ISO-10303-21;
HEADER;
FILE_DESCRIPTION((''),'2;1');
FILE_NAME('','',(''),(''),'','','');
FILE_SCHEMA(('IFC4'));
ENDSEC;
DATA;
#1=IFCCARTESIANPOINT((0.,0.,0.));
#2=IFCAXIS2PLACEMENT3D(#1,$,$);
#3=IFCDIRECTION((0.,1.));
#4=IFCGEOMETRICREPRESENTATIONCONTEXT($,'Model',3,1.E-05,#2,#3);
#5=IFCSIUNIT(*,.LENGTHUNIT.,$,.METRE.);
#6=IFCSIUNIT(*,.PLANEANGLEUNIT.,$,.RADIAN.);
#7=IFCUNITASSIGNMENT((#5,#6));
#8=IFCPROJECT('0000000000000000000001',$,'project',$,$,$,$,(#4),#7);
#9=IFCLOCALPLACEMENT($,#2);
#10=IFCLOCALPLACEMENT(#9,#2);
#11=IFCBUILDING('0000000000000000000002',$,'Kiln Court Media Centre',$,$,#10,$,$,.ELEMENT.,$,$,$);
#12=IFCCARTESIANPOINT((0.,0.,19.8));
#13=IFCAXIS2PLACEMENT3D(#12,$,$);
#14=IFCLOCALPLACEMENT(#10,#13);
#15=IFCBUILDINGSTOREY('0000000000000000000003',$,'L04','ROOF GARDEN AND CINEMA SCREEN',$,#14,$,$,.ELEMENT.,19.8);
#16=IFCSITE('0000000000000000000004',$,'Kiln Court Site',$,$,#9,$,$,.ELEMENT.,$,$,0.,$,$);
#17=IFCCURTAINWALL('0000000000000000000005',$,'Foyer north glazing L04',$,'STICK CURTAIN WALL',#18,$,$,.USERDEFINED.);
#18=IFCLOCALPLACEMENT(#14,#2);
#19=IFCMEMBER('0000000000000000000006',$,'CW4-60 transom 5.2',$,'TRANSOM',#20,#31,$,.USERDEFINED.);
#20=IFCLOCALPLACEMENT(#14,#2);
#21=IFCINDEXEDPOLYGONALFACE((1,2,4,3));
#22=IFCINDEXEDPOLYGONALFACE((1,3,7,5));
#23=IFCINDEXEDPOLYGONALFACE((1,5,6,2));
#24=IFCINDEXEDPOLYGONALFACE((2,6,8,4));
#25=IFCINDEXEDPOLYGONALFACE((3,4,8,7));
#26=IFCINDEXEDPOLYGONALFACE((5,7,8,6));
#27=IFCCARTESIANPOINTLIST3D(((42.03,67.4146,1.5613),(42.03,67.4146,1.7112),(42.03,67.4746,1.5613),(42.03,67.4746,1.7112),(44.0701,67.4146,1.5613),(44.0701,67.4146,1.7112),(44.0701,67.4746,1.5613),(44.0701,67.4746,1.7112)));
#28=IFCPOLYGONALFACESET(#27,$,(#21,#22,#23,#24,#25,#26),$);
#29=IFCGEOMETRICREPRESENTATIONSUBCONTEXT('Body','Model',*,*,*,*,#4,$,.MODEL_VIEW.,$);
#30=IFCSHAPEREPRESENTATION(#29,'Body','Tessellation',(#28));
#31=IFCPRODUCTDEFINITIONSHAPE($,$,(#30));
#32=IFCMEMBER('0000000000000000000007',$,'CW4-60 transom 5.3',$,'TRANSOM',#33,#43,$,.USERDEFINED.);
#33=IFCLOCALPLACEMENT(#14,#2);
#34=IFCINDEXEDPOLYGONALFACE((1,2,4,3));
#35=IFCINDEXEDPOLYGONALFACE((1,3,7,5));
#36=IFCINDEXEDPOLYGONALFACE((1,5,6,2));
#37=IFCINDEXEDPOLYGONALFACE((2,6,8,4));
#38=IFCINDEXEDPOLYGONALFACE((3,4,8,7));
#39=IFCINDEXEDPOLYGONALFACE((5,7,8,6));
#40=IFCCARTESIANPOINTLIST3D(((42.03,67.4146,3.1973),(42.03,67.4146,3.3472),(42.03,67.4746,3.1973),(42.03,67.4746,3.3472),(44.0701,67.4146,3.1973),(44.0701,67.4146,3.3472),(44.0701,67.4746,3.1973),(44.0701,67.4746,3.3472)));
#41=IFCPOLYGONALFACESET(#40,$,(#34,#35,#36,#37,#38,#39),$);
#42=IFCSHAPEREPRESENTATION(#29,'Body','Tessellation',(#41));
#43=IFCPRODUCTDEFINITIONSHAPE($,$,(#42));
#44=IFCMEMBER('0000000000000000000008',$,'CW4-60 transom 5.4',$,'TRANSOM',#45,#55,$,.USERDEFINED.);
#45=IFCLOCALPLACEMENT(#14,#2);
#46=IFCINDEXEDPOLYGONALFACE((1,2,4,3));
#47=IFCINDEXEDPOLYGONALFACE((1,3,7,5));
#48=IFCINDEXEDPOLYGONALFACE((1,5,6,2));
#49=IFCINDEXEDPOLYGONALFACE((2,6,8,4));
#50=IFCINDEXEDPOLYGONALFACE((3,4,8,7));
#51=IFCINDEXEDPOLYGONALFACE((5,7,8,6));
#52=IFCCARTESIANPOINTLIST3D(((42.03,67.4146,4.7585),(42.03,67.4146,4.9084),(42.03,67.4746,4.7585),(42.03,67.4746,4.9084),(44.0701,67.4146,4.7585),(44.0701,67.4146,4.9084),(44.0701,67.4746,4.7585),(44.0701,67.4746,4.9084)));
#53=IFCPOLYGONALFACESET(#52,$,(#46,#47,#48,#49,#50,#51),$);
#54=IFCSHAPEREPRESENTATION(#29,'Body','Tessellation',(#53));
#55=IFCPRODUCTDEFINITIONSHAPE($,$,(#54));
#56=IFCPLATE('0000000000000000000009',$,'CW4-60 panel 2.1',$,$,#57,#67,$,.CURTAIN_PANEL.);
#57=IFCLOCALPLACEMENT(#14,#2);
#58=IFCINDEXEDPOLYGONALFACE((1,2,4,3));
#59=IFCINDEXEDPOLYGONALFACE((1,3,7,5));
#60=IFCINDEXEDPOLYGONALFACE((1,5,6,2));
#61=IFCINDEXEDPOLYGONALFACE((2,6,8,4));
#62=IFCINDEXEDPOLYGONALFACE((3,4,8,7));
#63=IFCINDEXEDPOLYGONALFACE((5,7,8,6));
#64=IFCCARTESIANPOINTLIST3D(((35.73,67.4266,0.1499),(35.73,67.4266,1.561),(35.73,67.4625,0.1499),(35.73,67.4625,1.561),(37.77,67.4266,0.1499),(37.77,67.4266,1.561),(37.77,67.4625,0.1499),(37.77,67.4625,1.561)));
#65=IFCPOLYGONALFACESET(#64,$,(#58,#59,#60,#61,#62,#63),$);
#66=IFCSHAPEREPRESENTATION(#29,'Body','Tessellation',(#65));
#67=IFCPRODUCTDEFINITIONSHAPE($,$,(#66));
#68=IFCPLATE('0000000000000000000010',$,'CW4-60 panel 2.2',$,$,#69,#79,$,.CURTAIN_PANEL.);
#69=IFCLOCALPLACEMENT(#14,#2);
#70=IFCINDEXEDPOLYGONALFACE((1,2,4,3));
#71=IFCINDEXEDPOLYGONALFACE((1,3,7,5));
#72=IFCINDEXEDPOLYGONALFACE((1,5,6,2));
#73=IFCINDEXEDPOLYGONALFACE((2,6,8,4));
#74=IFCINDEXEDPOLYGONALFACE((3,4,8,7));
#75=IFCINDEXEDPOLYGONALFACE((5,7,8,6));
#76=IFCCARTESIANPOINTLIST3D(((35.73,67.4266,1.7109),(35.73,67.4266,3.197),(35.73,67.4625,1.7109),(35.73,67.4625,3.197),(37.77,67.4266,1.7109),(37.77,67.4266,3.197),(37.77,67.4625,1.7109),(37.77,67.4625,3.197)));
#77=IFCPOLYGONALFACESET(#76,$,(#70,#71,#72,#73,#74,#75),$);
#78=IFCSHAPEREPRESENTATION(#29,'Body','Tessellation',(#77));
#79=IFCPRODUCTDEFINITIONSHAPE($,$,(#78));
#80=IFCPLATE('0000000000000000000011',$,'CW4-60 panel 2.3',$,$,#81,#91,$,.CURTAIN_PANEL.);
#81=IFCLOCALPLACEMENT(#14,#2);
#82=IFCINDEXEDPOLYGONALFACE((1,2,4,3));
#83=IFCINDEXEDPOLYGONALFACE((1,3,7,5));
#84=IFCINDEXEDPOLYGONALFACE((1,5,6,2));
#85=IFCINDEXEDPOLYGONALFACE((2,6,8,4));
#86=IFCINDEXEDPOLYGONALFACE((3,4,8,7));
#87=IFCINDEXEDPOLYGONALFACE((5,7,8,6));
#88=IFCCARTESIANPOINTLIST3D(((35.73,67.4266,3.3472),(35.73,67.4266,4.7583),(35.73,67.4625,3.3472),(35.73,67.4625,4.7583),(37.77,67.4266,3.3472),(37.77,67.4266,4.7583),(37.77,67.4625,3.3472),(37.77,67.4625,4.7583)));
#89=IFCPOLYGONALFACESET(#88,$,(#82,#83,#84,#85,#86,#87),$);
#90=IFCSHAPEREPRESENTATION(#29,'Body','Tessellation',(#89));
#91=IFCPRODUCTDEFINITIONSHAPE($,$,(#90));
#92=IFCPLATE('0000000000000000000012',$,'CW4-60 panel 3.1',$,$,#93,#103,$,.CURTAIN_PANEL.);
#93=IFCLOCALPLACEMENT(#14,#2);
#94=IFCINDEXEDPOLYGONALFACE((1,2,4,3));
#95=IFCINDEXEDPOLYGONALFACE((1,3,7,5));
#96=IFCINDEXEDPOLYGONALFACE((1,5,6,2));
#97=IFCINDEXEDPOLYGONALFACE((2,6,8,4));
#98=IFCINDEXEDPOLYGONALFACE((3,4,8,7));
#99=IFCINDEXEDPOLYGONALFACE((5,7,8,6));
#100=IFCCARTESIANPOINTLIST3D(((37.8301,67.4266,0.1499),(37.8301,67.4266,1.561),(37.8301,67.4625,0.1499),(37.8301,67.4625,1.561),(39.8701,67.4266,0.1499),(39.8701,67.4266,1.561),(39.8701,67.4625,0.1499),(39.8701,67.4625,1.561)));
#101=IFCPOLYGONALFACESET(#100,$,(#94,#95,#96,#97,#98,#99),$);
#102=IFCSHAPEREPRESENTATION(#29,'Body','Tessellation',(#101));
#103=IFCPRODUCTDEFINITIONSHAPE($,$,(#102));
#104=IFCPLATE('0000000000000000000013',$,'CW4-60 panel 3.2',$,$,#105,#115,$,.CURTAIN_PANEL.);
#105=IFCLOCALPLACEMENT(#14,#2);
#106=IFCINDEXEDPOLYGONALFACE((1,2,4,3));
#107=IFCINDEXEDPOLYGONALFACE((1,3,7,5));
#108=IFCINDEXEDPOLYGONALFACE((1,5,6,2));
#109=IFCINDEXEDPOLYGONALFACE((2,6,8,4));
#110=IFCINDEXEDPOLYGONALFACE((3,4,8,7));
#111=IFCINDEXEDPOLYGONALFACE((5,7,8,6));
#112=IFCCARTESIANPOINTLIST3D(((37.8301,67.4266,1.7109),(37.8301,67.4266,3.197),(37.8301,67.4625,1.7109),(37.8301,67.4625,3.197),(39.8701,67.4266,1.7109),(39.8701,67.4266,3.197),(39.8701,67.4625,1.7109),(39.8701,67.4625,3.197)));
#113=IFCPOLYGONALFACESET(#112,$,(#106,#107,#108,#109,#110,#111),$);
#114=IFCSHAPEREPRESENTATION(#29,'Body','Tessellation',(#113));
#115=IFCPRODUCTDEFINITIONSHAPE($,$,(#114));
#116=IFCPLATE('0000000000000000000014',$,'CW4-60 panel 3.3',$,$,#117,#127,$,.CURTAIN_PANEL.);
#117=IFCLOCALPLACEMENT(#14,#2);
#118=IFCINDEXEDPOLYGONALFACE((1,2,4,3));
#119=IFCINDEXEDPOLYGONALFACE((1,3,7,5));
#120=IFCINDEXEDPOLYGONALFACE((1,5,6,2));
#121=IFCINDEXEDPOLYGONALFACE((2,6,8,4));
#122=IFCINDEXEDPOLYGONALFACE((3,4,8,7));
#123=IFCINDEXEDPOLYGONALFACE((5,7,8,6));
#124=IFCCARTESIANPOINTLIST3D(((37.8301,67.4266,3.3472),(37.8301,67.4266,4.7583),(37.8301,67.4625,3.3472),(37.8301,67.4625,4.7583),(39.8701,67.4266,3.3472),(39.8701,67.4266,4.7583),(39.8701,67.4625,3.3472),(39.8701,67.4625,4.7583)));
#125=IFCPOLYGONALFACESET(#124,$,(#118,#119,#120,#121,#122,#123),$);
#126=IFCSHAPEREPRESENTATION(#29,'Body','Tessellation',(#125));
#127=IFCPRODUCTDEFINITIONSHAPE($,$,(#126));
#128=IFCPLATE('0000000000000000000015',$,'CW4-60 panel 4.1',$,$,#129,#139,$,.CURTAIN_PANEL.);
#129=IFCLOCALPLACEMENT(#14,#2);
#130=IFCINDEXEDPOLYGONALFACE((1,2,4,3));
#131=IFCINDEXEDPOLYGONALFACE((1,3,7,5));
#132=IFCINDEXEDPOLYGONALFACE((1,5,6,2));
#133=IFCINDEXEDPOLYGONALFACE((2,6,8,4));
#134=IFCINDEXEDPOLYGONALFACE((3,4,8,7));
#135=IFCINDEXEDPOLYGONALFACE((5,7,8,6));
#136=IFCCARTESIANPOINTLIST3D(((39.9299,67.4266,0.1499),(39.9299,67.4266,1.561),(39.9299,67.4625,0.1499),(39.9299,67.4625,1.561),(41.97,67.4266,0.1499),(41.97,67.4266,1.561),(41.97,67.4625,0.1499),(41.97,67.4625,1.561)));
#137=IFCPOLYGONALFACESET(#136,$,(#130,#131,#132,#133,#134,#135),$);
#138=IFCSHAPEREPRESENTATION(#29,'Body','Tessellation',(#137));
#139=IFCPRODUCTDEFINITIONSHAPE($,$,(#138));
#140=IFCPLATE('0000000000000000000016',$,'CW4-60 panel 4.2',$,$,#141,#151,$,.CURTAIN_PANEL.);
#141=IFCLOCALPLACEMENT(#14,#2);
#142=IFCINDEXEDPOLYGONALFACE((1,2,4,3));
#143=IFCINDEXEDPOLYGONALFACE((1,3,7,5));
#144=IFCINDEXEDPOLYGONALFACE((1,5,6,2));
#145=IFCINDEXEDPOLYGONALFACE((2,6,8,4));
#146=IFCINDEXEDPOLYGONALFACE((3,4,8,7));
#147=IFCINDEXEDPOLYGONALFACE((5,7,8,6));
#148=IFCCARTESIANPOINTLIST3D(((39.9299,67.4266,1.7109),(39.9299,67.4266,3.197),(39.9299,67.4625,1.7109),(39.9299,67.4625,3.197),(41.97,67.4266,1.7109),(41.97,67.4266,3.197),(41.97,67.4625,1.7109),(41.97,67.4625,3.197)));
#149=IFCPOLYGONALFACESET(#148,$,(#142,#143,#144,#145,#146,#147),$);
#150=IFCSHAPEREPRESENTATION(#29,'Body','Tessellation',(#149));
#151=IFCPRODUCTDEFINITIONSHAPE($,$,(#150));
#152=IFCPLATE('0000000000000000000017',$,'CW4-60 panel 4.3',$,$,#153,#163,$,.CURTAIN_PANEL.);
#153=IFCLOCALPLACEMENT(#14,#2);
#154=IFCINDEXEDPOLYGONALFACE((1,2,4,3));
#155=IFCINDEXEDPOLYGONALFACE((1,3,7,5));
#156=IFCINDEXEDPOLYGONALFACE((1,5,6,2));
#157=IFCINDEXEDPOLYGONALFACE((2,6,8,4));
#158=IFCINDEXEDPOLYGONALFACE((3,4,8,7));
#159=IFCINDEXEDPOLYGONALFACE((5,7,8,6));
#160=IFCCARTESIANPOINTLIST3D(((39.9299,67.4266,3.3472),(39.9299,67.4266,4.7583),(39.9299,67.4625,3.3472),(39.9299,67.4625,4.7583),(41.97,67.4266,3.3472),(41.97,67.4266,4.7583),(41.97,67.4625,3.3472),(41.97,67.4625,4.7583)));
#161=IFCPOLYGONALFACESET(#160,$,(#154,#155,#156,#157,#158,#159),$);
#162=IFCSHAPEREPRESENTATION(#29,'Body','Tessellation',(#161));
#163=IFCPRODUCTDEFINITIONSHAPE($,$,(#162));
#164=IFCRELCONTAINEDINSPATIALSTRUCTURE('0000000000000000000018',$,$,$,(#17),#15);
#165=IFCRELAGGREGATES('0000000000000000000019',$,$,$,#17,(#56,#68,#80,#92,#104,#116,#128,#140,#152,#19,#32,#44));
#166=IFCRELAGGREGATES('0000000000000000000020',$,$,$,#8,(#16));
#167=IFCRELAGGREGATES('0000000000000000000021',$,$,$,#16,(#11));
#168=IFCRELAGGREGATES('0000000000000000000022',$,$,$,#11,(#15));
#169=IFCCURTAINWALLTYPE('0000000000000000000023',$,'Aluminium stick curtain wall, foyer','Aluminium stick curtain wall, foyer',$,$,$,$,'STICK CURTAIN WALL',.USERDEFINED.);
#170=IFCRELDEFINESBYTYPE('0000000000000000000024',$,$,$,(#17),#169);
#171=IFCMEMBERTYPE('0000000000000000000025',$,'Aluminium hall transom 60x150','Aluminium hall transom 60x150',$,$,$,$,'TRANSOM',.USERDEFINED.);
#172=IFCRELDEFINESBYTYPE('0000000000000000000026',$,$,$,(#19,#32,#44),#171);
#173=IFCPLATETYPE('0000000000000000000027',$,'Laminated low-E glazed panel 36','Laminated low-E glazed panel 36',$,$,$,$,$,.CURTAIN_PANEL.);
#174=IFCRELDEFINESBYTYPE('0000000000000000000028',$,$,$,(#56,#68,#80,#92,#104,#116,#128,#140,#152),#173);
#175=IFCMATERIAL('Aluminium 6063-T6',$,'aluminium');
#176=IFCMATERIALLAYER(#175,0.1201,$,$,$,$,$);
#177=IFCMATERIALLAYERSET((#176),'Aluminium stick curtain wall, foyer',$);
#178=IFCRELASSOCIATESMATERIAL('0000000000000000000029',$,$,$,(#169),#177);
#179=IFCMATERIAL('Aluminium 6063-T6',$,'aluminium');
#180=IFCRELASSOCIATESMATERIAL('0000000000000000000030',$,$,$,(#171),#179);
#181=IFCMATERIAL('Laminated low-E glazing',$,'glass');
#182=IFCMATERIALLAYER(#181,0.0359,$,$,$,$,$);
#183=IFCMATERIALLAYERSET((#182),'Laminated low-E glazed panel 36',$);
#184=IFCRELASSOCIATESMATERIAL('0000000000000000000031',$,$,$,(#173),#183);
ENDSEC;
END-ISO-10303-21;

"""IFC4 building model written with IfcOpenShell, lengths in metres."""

from ifc_helpers import new_model, si_unit, direction, frame, origin, origin_2d, place, context, subcontext, project, spatial, rectangle, extrude, material, layer, layer_set, material_profile, profile_set, type_object, element, aggregate, save


model = new_model("IFC4")

# Units and contexts
model_context = context("Model", 3, precision=1e-05, world=origin(), true_north=direction((0.0, 1.0)))
body_context = subcontext(model_context, "Body", "Model", "MODEL_VIEW")
ifc_project = project(units=[si_unit("LENGTHUNIT", "METRE"), si_unit("PLANEANGLEUNIT", "RADIAN")], contexts=[model_context])

# Site, building, storey
site_placement = place(None, origin())
site = spatial("IfcSite", under=ifc_project, at=site_placement, Name="Kiln Court Site", CompositionType="ELEMENT", RefElevation=0.0)
building_placement = place(site_placement, origin())
building = spatial("IfcBuilding", under=site, at=building_placement, Name="Kiln Court Media Centre", CompositionType="ELEMENT")
storey_placement = place(building_placement, frame((0.0, 0.0, 19.8)))
storey = spatial("IfcBuildingStorey", under=building, at=storey_placement, Name="L04", Description="ROOF GARDEN AND CINEMA SCREEN", CompositionType="ELEMENT", Elevation=19.8)

# Curtain wall, members, plates
ifc_material_1 = material(Name="Aluminium 6063-T6", Category="aluminium")
ifc_layer_1 = layer(ifc_material_1, 0.1201)
ifc_layer_set_1 = layer_set([ifc_layer_1], Name="Aluminium stick curtain wall, foyer")
curtain_wall_type = type_object("IfcCurtainWallType", Name="Aluminium stick curtain wall, foyer", Description="Aluminium stick curtain wall, foyer", ElementType="STICK CURTAIN WALL", PredefinedType="USERDEFINED", material=ifc_layer_set_1)
curtain_wall_placement = place(storey_placement, origin())
curtain_wall = element("IfcCurtainWall", 1, at=curtain_wall_placement, inside=storey, type_object=curtain_wall_type, Name="Foyer north glazing L04", ObjectType="STICK CURTAIN WALL", PredefinedType="USERDEFINED")
ifc_material_2 = material(Name="Aluminium 6063-T6", Category="aluminium")
ifc_material_profile_1 = material_profile(ifc_material_2, rectangle(XDim=0.0601, YDim=0.1499, at=origin_2d()), Name="Aluminium hall transom 60x150")
ifc_profile_set_1 = profile_set([ifc_material_profile_1], Name="Aluminium 6063-T6")
member_type_1 = type_object("IfcMemberType", Name="Aluminium hall transom 60x150", Description="Aluminium hall transom 60x150", ElementType="TRANSOM", PredefinedType="USERDEFINED", material=ifc_profile_set_1)
member_1_placement = place(storey_placement, frame((42.03, 67.4446, 1.6362), z_axis=(1.0, 0.0, 0.0), x_axis=(0.0, 1.0, 0.0)))
member_1 = element("IfcMember", 2, at=member_1_placement, type_object=member_type_1, Name="CW4-60 transom 5.2", ObjectType="TRANSOM", PredefinedType="USERDEFINED", context=body_context, shape_type="SweptSolid", body=[
    extrude(rectangle(XDim=0.0601, YDim=0.1499, at=origin_2d()), origin(), (0.0, 0.0, 1.0), 2.04),
])
member_2_placement = place(storey_placement, frame((42.03, 67.4446, 3.2722), z_axis=(1.0, 0.0, 0.0), x_axis=(0.0, 1.0, 0.0)))
member_2 = element("IfcMember", 3, at=member_2_placement, type_object=member_type_1, Name="CW4-60 transom 5.3", ObjectType="TRANSOM", PredefinedType="USERDEFINED", context=body_context, shape_type="SweptSolid", body=[
    extrude(rectangle(XDim=0.0601, YDim=0.1499, at=origin_2d()), origin(), (0.0, 0.0, 1.0), 2.04),
])
member_3_placement = place(storey_placement, frame((42.03, 67.4446, 4.8335), z_axis=(1.0, 0.0, 0.0), x_axis=(0.0, 1.0, 0.0)))
member_3 = element("IfcMember", 4, at=member_3_placement, type_object=member_type_1, Name="CW4-60 transom 5.4", ObjectType="TRANSOM", PredefinedType="USERDEFINED", context=body_context, shape_type="SweptSolid", body=[
    extrude(rectangle(XDim=0.0601, YDim=0.1499, at=origin_2d()), origin(), (0.0, 0.0, 1.0), 2.04),
])
ifc_material_3 = material(Name="Laminated low-E glazing", Category="glass")
ifc_layer_2 = layer(ifc_material_3, 0.0359)
ifc_layer_set_2 = layer_set([ifc_layer_2], Name="Laminated low-E glazed panel 36")
plate_type = type_object("IfcPlateType", Name="Laminated low-E glazed panel 36", Description="Laminated low-E glazed panel 36", PredefinedType="CURTAIN_PANEL", material=ifc_layer_set_2)
plate_1_placement = place(storey_placement, frame((36.75, 67.4446, 0.1499), z_axis=(0.0, 0.0, 1.0), x_axis=(1.0, 0.0, 0.0)))
plate_1 = element("IfcPlate", 5, at=plate_1_placement, type_object=plate_type, Name="CW4-60 panel 2.1", PredefinedType="CURTAIN_PANEL", context=body_context, shape_type="SweptSolid", body=[
    extrude(rectangle(XDim=2.04, YDim=0.0359, at=origin_2d()), origin(), (0.0, 0.0, 1.0), 1.4111),
])
plate_2_placement = place(storey_placement, frame((36.75, 67.4446, 1.7109), z_axis=(0.0, 0.0, 1.0), x_axis=(1.0, 0.0, 0.0)))
plate_2 = element("IfcPlate", 6, at=plate_2_placement, type_object=plate_type, Name="CW4-60 panel 2.2", PredefinedType="CURTAIN_PANEL", context=body_context, shape_type="SweptSolid", body=[
    extrude(rectangle(XDim=2.04, YDim=0.0359, at=origin_2d()), origin(), (0.0, 0.0, 1.0), 1.4861),
])
plate_3_placement = place(storey_placement, frame((36.75, 67.4446, 3.3472), z_axis=(0.0, 0.0, 1.0), x_axis=(1.0, 0.0, 0.0)))
plate_3 = element("IfcPlate", 7, at=plate_3_placement, type_object=plate_type, Name="CW4-60 panel 2.3", PredefinedType="CURTAIN_PANEL", context=body_context, shape_type="SweptSolid", body=[
    extrude(rectangle(XDim=2.04, YDim=0.0359, at=origin_2d()), origin(), (0.0, 0.0, 1.0), 1.4111),
])
plate_4_placement = place(storey_placement, frame((38.8501, 67.4446, 0.1499), z_axis=(0.0, 0.0, 1.0), x_axis=(1.0, 0.0, 0.0)))
plate_4 = element("IfcPlate", 8, at=plate_4_placement, type_object=plate_type, Name="CW4-60 panel 3.1", PredefinedType="CURTAIN_PANEL", context=body_context, shape_type="SweptSolid", body=[
    extrude(rectangle(XDim=2.04, YDim=0.0359, at=origin_2d()), origin(), (0.0, 0.0, 1.0), 1.4111),
])
plate_5_placement = place(storey_placement, frame((38.8501, 67.4446, 1.7109), z_axis=(0.0, 0.0, 1.0), x_axis=(1.0, 0.0, 0.0)))
plate_5 = element("IfcPlate", 9, at=plate_5_placement, type_object=plate_type, Name="CW4-60 panel 3.2", PredefinedType="CURTAIN_PANEL", context=body_context, shape_type="SweptSolid", body=[
    extrude(rectangle(XDim=2.04, YDim=0.0359, at=origin_2d()), origin(), (0.0, 0.0, 1.0), 1.4861),
])
plate_6_placement = place(storey_placement, frame((38.8501, 67.4446, 3.3472), z_axis=(0.0, 0.0, 1.0), x_axis=(1.0, 0.0, 0.0)))
plate_6 = element("IfcPlate", 10, at=plate_6_placement, type_object=plate_type, Name="CW4-60 panel 3.3", PredefinedType="CURTAIN_PANEL", context=body_context, shape_type="SweptSolid", body=[
    extrude(rectangle(XDim=2.04, YDim=0.0359, at=origin_2d()), origin(), (0.0, 0.0, 1.0), 1.4111),
])
plate_7_placement = place(storey_placement, frame((40.95, 67.4446, 0.1499), z_axis=(0.0, 0.0, 1.0), x_axis=(1.0, 0.0, 0.0)))
plate_7 = element("IfcPlate", 11, at=plate_7_placement, type_object=plate_type, Name="CW4-60 panel 4.1", PredefinedType="CURTAIN_PANEL", context=body_context, shape_type="SweptSolid", body=[
    extrude(rectangle(XDim=2.04, YDim=0.0359, at=origin_2d()), origin(), (0.0, 0.0, 1.0), 1.4111),
])
plate_8_placement = place(storey_placement, frame((40.95, 67.4446, 1.7109), z_axis=(0.0, 0.0, 1.0), x_axis=(1.0, 0.0, 0.0)))
plate_8 = element("IfcPlate", 12, at=plate_8_placement, type_object=plate_type, Name="CW4-60 panel 4.2", PredefinedType="CURTAIN_PANEL", context=body_context, shape_type="SweptSolid", body=[
    extrude(rectangle(XDim=2.04, YDim=0.0359, at=origin_2d()), origin(), (0.0, 0.0, 1.0), 1.4861),
])
plate_9_placement = place(storey_placement, frame((40.95, 67.4446, 3.3472), z_axis=(0.0, 0.0, 1.0), x_axis=(1.0, 0.0, 0.0)))
plate_9 = element("IfcPlate", 13, at=plate_9_placement, type_object=plate_type, Name="CW4-60 panel 4.3", PredefinedType="CURTAIN_PANEL", context=body_context, shape_type="SweptSolid", body=[
    extrude(rectangle(XDim=2.04, YDim=0.0359, at=origin_2d()), origin(), (0.0, 0.0, 1.0), 1.4111),
])
aggregate(curtain_wall, [plate_1, plate_2, plate_3, plate_4, plate_5, plate_6, plate_7, plate_8, plate_9, member_1, member_2, member_3])

save(model, "model.ifc")
